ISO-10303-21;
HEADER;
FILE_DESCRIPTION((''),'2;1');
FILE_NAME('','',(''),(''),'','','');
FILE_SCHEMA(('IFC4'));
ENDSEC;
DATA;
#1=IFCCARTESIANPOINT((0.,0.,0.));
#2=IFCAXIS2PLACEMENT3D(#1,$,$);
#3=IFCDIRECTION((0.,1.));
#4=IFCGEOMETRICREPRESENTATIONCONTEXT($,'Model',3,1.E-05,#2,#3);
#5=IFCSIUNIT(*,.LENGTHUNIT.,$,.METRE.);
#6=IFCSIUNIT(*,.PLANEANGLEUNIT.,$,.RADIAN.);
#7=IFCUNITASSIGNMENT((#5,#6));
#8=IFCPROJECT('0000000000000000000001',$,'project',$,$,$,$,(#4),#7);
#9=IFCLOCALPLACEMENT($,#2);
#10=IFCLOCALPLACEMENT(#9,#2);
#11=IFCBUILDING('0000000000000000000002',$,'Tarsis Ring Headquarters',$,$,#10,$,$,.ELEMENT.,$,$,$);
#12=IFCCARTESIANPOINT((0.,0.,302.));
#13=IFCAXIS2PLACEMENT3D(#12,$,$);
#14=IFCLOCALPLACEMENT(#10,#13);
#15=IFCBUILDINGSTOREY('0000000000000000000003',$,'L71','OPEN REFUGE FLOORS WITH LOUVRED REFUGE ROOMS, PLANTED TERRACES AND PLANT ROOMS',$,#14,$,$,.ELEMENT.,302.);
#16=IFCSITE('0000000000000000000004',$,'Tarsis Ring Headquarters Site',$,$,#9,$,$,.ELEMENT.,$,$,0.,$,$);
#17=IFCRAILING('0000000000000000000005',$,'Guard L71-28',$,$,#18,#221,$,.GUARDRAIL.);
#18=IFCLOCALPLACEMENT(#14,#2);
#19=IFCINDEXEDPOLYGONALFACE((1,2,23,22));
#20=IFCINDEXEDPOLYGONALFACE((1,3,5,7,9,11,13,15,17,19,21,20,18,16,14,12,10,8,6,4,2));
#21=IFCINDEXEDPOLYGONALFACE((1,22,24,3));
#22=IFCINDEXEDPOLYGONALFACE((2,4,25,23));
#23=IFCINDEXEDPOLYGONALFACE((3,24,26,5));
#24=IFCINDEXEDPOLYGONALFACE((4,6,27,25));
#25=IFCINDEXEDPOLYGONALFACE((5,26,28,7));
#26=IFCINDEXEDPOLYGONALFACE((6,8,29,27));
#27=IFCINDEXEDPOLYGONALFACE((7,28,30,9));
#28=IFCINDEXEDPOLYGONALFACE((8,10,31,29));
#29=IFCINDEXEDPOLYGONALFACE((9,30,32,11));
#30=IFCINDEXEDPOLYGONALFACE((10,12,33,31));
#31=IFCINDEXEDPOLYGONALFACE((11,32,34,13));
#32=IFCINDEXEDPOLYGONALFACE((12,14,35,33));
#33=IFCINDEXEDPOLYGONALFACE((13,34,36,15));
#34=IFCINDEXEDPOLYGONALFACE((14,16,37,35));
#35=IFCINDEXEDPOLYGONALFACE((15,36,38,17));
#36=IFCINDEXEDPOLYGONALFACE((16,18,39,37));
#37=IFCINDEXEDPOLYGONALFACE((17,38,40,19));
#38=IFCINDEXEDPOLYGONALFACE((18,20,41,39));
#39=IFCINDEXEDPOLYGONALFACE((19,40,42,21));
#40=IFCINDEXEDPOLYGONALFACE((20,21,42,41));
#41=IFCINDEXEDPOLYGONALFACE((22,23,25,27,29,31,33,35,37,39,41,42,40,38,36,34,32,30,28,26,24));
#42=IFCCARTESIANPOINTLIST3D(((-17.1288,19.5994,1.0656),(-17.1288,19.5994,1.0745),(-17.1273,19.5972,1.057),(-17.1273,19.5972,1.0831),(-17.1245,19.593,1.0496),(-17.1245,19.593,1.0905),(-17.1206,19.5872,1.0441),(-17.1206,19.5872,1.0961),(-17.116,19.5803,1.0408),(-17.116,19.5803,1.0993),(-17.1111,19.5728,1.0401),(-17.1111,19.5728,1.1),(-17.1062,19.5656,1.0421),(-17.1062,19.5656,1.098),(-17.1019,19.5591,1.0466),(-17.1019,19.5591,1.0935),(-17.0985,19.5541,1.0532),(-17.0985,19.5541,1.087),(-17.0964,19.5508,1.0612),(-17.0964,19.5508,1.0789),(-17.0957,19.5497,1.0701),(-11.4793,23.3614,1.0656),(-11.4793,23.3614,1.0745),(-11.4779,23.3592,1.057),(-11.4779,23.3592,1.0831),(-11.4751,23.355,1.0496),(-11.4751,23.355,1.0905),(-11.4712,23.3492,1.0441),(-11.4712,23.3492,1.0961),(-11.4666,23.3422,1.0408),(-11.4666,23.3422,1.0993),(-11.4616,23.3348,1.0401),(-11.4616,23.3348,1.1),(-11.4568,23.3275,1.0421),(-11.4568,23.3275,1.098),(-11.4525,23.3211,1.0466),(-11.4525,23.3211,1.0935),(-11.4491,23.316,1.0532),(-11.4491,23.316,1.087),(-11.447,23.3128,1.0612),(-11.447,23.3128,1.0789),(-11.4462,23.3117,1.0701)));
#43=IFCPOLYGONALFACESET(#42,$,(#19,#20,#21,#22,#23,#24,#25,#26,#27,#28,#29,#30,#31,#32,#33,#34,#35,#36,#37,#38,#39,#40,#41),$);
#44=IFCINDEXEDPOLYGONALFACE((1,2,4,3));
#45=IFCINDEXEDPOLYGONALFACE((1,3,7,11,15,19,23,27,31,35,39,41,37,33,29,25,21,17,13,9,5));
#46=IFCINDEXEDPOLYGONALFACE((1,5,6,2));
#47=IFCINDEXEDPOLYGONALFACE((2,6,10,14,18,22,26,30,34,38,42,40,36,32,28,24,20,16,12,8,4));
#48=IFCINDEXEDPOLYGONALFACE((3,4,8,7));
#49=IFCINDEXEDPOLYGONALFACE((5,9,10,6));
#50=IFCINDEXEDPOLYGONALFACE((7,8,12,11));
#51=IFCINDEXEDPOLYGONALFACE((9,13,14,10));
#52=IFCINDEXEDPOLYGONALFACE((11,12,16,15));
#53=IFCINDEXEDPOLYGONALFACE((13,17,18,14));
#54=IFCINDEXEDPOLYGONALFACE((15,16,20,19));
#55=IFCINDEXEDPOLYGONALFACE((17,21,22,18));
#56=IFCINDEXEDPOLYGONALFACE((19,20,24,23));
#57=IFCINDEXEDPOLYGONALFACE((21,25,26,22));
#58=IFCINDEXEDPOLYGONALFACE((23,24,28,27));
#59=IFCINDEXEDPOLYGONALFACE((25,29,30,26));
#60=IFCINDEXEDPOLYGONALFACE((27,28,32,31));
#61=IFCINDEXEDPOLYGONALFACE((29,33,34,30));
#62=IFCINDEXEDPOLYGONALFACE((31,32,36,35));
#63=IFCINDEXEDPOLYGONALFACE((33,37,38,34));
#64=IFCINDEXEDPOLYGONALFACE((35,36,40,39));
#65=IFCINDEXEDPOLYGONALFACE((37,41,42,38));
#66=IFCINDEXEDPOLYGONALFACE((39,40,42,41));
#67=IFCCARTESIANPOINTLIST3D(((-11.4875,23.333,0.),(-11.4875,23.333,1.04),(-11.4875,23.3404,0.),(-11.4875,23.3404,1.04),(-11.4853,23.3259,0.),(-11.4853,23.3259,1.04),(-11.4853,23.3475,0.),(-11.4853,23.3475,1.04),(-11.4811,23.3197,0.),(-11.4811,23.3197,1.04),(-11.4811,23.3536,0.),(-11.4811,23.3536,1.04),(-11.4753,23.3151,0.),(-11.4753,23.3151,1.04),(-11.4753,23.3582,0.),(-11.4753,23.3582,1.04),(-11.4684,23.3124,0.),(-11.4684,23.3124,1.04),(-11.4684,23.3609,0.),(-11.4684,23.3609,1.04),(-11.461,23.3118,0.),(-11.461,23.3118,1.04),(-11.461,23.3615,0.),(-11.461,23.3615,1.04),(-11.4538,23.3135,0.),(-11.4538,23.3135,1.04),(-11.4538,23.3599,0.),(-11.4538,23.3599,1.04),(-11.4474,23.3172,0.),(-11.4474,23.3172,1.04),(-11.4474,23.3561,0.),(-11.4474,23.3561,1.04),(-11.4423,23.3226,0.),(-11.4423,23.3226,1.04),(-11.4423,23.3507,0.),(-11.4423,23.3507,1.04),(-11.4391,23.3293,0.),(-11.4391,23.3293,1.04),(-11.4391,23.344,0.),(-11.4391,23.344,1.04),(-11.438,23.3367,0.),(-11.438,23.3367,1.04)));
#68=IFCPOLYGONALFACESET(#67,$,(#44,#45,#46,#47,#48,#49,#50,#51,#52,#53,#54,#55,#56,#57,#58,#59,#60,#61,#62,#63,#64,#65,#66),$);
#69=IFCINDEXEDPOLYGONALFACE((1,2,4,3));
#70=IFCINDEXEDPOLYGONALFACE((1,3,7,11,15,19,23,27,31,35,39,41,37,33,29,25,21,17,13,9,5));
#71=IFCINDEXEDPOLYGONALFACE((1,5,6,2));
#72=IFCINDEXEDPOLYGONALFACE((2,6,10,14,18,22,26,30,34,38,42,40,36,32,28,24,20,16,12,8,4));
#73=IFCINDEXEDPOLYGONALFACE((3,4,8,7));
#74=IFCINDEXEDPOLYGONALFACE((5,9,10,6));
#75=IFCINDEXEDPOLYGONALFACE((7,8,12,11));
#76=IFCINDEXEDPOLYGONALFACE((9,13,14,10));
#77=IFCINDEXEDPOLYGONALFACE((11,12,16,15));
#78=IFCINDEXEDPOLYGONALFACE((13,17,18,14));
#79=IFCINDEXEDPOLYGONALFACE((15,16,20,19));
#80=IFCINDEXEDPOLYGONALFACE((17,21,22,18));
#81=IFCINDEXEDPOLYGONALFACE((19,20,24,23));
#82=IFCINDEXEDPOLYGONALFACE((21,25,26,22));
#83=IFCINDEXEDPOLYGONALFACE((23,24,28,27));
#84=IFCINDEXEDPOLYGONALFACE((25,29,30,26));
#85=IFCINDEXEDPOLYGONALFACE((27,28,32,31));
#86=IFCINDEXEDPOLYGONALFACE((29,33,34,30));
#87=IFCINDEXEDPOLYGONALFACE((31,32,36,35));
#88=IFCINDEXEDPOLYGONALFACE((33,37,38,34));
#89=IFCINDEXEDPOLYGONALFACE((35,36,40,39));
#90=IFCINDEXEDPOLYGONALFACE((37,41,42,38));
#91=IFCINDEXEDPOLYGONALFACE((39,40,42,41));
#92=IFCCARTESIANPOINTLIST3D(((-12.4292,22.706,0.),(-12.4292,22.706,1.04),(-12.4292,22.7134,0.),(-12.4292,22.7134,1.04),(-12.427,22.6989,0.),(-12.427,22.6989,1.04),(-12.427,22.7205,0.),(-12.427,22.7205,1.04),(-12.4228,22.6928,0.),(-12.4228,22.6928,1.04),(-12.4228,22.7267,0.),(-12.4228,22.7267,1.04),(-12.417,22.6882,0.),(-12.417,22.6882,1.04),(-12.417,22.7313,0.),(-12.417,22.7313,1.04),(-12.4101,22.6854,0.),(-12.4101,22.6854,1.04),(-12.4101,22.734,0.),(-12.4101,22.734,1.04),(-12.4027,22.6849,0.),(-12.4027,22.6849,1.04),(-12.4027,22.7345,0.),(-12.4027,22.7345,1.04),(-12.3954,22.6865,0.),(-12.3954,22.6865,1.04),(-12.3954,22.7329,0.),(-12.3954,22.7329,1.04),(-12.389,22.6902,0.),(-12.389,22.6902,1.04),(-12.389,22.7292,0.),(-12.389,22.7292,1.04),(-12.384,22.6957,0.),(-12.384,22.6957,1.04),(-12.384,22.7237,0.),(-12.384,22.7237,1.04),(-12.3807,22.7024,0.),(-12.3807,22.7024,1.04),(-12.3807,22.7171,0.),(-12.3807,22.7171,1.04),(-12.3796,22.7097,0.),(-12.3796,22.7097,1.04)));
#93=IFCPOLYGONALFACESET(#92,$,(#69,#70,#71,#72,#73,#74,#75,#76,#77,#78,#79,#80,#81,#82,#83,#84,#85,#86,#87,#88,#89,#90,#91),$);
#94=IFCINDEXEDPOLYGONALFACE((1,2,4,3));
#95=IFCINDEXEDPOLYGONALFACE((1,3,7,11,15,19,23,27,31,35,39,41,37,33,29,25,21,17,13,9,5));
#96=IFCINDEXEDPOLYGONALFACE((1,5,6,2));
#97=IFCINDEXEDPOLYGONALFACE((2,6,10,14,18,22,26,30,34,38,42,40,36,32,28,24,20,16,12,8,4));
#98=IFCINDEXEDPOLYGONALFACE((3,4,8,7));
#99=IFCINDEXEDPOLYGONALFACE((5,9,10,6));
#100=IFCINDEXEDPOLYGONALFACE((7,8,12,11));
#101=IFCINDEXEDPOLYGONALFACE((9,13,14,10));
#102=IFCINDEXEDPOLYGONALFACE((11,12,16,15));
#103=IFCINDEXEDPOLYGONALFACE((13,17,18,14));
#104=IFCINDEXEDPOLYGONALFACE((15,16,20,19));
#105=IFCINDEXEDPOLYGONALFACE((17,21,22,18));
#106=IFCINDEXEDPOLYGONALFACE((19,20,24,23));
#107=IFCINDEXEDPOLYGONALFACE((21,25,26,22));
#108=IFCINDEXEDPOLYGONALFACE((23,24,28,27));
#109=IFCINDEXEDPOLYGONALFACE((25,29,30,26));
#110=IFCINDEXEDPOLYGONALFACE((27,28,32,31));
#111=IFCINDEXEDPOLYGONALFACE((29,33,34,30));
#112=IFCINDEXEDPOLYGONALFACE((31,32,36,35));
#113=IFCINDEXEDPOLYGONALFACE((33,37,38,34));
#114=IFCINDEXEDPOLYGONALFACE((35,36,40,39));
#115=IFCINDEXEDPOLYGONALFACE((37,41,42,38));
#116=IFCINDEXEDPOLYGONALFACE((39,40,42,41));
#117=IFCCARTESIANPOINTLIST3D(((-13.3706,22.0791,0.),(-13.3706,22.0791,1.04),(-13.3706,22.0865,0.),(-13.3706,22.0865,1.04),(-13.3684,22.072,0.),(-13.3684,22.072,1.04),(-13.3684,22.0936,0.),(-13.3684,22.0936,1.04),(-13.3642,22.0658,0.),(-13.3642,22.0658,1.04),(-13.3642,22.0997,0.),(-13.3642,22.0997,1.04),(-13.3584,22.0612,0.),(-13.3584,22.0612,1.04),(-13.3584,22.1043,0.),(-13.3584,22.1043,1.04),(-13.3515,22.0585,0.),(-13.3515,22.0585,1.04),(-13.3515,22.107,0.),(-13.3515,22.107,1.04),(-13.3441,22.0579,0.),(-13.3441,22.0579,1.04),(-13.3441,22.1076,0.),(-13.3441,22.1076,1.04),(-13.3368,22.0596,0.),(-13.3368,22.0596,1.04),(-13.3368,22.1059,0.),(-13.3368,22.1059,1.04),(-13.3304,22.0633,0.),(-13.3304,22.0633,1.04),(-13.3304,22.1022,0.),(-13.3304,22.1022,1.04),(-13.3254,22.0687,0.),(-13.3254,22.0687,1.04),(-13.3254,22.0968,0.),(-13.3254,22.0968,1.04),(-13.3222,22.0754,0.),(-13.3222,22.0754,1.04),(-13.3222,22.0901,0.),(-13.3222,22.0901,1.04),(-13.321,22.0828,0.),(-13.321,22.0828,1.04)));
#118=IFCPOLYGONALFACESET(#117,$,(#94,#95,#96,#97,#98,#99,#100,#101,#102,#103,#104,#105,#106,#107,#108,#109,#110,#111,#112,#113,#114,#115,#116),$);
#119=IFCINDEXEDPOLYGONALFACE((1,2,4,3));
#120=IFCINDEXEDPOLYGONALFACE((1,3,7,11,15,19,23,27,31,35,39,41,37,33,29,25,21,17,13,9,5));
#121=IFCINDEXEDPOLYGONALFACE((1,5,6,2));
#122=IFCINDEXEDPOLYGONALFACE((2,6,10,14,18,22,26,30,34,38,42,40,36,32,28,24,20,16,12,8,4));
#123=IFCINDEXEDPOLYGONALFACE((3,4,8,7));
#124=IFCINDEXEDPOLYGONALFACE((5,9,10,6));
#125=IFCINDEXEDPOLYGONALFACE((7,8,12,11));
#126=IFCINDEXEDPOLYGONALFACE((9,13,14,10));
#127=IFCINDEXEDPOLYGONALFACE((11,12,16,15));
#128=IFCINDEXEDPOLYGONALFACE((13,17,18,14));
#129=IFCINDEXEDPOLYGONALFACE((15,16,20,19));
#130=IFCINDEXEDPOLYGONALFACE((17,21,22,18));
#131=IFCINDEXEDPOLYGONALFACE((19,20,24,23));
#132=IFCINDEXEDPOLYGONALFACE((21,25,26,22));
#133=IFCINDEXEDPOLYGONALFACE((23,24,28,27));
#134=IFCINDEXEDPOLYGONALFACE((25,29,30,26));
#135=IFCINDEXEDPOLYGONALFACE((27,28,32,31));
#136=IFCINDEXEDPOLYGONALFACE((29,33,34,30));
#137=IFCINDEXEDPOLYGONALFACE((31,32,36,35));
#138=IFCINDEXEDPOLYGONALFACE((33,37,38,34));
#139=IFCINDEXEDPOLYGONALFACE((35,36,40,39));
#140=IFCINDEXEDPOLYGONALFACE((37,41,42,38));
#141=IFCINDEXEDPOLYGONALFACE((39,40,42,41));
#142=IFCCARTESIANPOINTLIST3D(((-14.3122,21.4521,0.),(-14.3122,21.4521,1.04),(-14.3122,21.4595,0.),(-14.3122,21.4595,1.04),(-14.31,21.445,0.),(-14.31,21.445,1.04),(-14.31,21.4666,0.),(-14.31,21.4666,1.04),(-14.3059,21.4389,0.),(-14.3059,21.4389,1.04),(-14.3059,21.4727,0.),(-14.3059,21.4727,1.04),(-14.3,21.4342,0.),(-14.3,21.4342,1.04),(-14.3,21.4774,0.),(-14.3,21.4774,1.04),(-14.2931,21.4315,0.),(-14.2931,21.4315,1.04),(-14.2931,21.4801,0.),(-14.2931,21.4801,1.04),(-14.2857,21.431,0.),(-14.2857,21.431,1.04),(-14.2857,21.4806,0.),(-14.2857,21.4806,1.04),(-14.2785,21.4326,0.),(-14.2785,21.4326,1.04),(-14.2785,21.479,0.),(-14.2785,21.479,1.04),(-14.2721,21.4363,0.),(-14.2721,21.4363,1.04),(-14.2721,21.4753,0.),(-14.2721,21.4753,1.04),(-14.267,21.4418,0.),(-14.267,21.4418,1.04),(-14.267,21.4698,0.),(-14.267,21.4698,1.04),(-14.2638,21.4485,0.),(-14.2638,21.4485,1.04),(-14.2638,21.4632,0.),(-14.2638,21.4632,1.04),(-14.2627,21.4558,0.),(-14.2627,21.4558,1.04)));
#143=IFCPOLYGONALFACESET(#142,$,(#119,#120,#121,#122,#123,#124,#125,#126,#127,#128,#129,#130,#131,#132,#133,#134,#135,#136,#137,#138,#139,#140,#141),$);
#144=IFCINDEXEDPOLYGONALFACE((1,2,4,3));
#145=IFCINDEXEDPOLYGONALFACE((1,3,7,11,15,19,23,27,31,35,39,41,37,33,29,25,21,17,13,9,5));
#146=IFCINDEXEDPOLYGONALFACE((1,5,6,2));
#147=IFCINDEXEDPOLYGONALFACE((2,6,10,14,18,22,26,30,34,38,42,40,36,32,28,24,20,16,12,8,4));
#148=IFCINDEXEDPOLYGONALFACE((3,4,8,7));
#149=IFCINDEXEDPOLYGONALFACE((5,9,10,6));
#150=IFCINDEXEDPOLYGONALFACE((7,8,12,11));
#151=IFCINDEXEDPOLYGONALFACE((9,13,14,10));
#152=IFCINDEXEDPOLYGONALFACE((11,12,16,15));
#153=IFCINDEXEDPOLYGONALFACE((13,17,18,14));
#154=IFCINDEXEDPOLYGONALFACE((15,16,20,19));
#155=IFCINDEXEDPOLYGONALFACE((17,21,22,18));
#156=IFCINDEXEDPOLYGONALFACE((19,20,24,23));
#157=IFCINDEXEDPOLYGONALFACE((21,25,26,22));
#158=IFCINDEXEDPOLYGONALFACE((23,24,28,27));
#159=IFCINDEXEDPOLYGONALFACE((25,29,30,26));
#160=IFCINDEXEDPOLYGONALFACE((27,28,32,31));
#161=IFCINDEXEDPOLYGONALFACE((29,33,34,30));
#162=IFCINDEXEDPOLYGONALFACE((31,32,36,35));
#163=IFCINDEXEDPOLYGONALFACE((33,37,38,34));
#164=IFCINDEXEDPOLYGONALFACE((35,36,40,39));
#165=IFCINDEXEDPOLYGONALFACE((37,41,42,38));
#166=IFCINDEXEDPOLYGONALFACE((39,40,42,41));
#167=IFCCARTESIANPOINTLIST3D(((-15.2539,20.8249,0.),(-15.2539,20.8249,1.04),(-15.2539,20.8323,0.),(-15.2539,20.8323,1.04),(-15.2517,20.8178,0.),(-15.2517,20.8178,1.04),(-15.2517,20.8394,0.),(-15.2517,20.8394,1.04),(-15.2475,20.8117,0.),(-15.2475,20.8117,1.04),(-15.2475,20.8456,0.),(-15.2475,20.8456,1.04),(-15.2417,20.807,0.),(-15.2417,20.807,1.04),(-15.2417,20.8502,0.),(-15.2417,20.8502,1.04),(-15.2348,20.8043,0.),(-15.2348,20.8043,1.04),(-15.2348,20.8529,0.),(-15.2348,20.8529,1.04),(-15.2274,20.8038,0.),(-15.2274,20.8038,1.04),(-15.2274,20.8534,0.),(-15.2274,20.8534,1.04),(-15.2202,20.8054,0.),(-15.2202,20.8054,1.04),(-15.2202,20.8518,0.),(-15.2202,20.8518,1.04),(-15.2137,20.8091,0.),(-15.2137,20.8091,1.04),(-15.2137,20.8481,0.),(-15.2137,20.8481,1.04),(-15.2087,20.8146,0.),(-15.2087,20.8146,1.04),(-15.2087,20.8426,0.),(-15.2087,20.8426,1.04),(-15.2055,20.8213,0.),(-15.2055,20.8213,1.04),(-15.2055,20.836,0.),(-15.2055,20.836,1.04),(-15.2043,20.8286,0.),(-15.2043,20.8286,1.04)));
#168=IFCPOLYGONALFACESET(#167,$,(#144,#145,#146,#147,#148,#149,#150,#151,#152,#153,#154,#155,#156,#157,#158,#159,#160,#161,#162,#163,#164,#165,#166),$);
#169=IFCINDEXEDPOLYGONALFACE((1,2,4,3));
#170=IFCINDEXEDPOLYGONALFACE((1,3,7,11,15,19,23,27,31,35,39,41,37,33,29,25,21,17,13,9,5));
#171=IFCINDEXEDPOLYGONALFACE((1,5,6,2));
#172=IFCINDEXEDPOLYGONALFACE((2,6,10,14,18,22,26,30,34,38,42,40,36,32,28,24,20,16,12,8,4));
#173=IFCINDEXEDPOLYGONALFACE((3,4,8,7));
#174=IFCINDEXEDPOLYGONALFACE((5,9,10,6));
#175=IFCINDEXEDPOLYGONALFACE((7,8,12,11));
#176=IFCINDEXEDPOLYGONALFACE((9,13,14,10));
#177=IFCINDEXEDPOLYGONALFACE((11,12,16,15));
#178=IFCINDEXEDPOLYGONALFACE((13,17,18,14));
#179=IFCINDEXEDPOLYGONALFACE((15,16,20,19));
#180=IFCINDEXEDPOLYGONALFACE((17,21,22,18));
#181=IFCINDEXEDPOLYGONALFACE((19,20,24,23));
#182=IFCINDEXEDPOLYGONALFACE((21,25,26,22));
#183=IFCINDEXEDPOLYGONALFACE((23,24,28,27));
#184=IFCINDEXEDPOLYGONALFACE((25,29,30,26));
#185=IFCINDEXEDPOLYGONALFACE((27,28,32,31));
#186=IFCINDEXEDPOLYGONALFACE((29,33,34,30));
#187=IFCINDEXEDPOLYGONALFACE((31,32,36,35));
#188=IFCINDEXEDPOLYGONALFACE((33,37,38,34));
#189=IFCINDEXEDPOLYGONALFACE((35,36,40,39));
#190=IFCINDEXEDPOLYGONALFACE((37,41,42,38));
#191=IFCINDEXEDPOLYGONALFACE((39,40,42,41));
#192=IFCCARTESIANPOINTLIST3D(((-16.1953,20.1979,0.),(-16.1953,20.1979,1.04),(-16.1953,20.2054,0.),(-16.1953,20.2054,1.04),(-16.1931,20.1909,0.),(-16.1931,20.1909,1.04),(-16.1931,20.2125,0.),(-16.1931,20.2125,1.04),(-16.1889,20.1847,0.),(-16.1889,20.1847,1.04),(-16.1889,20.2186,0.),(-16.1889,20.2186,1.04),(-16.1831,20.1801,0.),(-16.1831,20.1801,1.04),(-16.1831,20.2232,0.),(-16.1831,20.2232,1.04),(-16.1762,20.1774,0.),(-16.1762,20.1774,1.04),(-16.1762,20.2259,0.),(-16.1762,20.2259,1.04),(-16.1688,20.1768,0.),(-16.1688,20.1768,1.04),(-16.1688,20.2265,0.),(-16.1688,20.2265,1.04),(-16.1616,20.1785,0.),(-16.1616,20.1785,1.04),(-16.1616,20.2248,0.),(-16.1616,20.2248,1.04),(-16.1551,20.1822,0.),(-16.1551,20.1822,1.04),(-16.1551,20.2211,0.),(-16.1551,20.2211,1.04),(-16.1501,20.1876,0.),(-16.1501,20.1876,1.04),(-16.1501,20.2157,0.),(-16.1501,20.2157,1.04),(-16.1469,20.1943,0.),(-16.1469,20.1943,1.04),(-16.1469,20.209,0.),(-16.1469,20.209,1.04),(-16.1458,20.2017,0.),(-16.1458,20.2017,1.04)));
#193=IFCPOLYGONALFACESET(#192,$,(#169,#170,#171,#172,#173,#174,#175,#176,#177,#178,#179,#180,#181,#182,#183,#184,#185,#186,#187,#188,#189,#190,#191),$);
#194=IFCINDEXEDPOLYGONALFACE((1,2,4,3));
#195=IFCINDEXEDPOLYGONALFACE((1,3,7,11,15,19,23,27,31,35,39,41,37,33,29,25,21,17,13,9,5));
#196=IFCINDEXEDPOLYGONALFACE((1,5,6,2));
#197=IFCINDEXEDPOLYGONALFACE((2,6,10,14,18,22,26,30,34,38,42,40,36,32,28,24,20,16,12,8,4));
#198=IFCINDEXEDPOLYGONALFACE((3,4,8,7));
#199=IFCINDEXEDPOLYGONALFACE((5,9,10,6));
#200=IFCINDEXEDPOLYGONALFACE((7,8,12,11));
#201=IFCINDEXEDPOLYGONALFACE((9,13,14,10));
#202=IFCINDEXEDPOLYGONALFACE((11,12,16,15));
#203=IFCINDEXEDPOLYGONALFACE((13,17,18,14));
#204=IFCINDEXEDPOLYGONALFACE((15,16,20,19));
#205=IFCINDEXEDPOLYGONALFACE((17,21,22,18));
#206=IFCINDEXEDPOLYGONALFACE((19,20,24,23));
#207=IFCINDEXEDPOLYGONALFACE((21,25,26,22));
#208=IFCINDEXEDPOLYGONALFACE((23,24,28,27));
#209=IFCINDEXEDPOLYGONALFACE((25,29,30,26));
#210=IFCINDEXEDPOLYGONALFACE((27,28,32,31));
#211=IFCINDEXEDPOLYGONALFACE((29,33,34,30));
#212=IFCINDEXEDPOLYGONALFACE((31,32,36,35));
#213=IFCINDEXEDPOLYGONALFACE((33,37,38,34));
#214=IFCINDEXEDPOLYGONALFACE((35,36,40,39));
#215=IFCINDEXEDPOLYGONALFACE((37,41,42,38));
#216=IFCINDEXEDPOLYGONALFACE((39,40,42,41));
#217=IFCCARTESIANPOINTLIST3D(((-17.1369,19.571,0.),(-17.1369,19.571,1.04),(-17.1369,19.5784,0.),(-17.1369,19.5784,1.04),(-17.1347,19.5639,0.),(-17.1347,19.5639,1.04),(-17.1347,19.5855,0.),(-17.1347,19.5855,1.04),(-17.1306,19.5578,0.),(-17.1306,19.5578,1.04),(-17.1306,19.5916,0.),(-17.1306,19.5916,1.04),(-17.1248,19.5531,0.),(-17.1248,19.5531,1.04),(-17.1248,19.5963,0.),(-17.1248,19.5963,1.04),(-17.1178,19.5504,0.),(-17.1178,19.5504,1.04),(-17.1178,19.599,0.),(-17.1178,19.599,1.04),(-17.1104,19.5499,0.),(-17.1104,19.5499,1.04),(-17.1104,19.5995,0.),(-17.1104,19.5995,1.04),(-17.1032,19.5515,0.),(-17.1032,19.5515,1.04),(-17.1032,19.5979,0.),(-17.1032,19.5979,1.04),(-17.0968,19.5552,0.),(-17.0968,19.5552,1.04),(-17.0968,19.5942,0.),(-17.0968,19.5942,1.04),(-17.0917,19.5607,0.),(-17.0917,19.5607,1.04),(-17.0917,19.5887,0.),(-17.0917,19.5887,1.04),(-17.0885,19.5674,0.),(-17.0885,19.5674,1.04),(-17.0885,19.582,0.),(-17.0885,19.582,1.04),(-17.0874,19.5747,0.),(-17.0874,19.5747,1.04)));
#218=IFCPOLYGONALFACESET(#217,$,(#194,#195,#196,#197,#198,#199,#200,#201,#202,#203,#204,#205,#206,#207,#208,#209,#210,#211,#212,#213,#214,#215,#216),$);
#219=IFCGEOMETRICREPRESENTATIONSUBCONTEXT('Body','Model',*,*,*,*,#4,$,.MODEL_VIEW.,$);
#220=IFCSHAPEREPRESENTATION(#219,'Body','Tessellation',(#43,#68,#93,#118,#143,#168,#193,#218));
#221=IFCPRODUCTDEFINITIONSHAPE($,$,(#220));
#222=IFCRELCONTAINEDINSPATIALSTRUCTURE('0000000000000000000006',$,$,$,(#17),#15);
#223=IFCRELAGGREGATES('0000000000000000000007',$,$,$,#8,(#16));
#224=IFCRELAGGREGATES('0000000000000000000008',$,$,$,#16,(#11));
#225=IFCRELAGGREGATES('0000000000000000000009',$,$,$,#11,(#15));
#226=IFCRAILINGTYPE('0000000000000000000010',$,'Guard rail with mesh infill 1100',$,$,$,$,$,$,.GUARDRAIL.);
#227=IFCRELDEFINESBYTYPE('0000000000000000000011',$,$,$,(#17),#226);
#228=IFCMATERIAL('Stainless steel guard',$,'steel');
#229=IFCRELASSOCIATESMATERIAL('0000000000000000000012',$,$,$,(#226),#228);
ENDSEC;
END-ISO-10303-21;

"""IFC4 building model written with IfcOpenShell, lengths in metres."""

from ifc_helpers import new_model, si_unit, direction, frame, origin, origin_2d, place, context, subcontext, project, spatial, circle, extrude, material, type_object, element, save


model = new_model("IFC4")

# Units and contexts
model_context = context("Model", 3, precision=1e-05, world=origin(), true_north=direction((0.0, 1.0)))
body_context = subcontext(model_context, "Body", "Model", "MODEL_VIEW")
ifc_project = project(units=[si_unit("LENGTHUNIT", "METRE"), si_unit("PLANEANGLEUNIT", "RADIAN")], contexts=[model_context])

# Site, building, storey
site_placement = place(None, origin())
site = spatial("IfcSite", under=ifc_project, at=site_placement, Name="Tarsis Ring Headquarters Site", CompositionType="ELEMENT", RefElevation=0.0)
building_placement = place(site_placement, origin())
building = spatial("IfcBuilding", under=site, at=building_placement, Name="Tarsis Ring Headquarters", CompositionType="ELEMENT")
storey_placement = place(building_placement, frame((0.0, 0.0, 302.0)))
storey = spatial("IfcBuildingStorey", under=building, at=storey_placement, Name="L71", Description="OPEN REFUGE FLOORS WITH LOUVRED REFUGE ROOMS, PLANTED TERRACES AND PLANT ROOMS", CompositionType="ELEMENT", Elevation=302.0)

# Railing
ifc_material_1 = material(Name="Stainless steel guard", Category="steel")
railing_type = type_object("IfcRailingType", Name="Guard rail with mesh infill 1100", PredefinedType="GUARDRAIL", material=ifc_material_1)
railing_1_placement = place(storey_placement, frame((-11.4629, 23.3367, 0.0)))
element("IfcRailing", 1, at=railing_1_placement, inside=storey, type_object=railing_type, Name="Guard L71-28", PredefinedType="GUARDRAIL", context=body_context, shape_type="SweptSolid", body=[
    extrude(circle(Radius=0.03, at=origin_2d()), frame((0.0, 0.0, 1.0701), z_axis=(-0.832343, -0.55426, 0.0), x_axis=(0.55426, -0.832343, 0.0)), (0.0, 0.0, 1.0), 6.7874),
    extrude(circle(Radius=0.0249, at=origin_2d()), origin(), (0.0, 0.0, 1.0), 1.04),
    extrude(circle(Radius=0.0249, at=origin_2d()), frame((-0.9417, -0.627, 0.0)), (0.0, 0.0, 1.0), 1.04),
    extrude(circle(Radius=0.0249, at=origin_2d()), frame((-1.8831, -1.2539, 0.0)), (0.0, 0.0, 1.0), 1.04),
    extrude(circle(Radius=0.0249, at=origin_2d()), frame((-2.8247, -1.8809, 0.0)), (0.0, 0.0, 1.0), 1.04),
    extrude(circle(Radius=0.0249, at=origin_2d()), frame((-3.7664, -2.5081, 0.0)), (0.0, 0.0, 1.0), 1.04),
    extrude(circle(Radius=0.0249, at=origin_2d()), frame((-4.7078, -3.135, 0.0)), (0.0, 0.0, 1.0), 1.04),
    extrude(circle(Radius=0.0249, at=origin_2d()), frame((-5.6494, -3.762, 0.0)), (0.0, 0.0, 1.0), 1.04),
])

save(model, "model.ifc")
